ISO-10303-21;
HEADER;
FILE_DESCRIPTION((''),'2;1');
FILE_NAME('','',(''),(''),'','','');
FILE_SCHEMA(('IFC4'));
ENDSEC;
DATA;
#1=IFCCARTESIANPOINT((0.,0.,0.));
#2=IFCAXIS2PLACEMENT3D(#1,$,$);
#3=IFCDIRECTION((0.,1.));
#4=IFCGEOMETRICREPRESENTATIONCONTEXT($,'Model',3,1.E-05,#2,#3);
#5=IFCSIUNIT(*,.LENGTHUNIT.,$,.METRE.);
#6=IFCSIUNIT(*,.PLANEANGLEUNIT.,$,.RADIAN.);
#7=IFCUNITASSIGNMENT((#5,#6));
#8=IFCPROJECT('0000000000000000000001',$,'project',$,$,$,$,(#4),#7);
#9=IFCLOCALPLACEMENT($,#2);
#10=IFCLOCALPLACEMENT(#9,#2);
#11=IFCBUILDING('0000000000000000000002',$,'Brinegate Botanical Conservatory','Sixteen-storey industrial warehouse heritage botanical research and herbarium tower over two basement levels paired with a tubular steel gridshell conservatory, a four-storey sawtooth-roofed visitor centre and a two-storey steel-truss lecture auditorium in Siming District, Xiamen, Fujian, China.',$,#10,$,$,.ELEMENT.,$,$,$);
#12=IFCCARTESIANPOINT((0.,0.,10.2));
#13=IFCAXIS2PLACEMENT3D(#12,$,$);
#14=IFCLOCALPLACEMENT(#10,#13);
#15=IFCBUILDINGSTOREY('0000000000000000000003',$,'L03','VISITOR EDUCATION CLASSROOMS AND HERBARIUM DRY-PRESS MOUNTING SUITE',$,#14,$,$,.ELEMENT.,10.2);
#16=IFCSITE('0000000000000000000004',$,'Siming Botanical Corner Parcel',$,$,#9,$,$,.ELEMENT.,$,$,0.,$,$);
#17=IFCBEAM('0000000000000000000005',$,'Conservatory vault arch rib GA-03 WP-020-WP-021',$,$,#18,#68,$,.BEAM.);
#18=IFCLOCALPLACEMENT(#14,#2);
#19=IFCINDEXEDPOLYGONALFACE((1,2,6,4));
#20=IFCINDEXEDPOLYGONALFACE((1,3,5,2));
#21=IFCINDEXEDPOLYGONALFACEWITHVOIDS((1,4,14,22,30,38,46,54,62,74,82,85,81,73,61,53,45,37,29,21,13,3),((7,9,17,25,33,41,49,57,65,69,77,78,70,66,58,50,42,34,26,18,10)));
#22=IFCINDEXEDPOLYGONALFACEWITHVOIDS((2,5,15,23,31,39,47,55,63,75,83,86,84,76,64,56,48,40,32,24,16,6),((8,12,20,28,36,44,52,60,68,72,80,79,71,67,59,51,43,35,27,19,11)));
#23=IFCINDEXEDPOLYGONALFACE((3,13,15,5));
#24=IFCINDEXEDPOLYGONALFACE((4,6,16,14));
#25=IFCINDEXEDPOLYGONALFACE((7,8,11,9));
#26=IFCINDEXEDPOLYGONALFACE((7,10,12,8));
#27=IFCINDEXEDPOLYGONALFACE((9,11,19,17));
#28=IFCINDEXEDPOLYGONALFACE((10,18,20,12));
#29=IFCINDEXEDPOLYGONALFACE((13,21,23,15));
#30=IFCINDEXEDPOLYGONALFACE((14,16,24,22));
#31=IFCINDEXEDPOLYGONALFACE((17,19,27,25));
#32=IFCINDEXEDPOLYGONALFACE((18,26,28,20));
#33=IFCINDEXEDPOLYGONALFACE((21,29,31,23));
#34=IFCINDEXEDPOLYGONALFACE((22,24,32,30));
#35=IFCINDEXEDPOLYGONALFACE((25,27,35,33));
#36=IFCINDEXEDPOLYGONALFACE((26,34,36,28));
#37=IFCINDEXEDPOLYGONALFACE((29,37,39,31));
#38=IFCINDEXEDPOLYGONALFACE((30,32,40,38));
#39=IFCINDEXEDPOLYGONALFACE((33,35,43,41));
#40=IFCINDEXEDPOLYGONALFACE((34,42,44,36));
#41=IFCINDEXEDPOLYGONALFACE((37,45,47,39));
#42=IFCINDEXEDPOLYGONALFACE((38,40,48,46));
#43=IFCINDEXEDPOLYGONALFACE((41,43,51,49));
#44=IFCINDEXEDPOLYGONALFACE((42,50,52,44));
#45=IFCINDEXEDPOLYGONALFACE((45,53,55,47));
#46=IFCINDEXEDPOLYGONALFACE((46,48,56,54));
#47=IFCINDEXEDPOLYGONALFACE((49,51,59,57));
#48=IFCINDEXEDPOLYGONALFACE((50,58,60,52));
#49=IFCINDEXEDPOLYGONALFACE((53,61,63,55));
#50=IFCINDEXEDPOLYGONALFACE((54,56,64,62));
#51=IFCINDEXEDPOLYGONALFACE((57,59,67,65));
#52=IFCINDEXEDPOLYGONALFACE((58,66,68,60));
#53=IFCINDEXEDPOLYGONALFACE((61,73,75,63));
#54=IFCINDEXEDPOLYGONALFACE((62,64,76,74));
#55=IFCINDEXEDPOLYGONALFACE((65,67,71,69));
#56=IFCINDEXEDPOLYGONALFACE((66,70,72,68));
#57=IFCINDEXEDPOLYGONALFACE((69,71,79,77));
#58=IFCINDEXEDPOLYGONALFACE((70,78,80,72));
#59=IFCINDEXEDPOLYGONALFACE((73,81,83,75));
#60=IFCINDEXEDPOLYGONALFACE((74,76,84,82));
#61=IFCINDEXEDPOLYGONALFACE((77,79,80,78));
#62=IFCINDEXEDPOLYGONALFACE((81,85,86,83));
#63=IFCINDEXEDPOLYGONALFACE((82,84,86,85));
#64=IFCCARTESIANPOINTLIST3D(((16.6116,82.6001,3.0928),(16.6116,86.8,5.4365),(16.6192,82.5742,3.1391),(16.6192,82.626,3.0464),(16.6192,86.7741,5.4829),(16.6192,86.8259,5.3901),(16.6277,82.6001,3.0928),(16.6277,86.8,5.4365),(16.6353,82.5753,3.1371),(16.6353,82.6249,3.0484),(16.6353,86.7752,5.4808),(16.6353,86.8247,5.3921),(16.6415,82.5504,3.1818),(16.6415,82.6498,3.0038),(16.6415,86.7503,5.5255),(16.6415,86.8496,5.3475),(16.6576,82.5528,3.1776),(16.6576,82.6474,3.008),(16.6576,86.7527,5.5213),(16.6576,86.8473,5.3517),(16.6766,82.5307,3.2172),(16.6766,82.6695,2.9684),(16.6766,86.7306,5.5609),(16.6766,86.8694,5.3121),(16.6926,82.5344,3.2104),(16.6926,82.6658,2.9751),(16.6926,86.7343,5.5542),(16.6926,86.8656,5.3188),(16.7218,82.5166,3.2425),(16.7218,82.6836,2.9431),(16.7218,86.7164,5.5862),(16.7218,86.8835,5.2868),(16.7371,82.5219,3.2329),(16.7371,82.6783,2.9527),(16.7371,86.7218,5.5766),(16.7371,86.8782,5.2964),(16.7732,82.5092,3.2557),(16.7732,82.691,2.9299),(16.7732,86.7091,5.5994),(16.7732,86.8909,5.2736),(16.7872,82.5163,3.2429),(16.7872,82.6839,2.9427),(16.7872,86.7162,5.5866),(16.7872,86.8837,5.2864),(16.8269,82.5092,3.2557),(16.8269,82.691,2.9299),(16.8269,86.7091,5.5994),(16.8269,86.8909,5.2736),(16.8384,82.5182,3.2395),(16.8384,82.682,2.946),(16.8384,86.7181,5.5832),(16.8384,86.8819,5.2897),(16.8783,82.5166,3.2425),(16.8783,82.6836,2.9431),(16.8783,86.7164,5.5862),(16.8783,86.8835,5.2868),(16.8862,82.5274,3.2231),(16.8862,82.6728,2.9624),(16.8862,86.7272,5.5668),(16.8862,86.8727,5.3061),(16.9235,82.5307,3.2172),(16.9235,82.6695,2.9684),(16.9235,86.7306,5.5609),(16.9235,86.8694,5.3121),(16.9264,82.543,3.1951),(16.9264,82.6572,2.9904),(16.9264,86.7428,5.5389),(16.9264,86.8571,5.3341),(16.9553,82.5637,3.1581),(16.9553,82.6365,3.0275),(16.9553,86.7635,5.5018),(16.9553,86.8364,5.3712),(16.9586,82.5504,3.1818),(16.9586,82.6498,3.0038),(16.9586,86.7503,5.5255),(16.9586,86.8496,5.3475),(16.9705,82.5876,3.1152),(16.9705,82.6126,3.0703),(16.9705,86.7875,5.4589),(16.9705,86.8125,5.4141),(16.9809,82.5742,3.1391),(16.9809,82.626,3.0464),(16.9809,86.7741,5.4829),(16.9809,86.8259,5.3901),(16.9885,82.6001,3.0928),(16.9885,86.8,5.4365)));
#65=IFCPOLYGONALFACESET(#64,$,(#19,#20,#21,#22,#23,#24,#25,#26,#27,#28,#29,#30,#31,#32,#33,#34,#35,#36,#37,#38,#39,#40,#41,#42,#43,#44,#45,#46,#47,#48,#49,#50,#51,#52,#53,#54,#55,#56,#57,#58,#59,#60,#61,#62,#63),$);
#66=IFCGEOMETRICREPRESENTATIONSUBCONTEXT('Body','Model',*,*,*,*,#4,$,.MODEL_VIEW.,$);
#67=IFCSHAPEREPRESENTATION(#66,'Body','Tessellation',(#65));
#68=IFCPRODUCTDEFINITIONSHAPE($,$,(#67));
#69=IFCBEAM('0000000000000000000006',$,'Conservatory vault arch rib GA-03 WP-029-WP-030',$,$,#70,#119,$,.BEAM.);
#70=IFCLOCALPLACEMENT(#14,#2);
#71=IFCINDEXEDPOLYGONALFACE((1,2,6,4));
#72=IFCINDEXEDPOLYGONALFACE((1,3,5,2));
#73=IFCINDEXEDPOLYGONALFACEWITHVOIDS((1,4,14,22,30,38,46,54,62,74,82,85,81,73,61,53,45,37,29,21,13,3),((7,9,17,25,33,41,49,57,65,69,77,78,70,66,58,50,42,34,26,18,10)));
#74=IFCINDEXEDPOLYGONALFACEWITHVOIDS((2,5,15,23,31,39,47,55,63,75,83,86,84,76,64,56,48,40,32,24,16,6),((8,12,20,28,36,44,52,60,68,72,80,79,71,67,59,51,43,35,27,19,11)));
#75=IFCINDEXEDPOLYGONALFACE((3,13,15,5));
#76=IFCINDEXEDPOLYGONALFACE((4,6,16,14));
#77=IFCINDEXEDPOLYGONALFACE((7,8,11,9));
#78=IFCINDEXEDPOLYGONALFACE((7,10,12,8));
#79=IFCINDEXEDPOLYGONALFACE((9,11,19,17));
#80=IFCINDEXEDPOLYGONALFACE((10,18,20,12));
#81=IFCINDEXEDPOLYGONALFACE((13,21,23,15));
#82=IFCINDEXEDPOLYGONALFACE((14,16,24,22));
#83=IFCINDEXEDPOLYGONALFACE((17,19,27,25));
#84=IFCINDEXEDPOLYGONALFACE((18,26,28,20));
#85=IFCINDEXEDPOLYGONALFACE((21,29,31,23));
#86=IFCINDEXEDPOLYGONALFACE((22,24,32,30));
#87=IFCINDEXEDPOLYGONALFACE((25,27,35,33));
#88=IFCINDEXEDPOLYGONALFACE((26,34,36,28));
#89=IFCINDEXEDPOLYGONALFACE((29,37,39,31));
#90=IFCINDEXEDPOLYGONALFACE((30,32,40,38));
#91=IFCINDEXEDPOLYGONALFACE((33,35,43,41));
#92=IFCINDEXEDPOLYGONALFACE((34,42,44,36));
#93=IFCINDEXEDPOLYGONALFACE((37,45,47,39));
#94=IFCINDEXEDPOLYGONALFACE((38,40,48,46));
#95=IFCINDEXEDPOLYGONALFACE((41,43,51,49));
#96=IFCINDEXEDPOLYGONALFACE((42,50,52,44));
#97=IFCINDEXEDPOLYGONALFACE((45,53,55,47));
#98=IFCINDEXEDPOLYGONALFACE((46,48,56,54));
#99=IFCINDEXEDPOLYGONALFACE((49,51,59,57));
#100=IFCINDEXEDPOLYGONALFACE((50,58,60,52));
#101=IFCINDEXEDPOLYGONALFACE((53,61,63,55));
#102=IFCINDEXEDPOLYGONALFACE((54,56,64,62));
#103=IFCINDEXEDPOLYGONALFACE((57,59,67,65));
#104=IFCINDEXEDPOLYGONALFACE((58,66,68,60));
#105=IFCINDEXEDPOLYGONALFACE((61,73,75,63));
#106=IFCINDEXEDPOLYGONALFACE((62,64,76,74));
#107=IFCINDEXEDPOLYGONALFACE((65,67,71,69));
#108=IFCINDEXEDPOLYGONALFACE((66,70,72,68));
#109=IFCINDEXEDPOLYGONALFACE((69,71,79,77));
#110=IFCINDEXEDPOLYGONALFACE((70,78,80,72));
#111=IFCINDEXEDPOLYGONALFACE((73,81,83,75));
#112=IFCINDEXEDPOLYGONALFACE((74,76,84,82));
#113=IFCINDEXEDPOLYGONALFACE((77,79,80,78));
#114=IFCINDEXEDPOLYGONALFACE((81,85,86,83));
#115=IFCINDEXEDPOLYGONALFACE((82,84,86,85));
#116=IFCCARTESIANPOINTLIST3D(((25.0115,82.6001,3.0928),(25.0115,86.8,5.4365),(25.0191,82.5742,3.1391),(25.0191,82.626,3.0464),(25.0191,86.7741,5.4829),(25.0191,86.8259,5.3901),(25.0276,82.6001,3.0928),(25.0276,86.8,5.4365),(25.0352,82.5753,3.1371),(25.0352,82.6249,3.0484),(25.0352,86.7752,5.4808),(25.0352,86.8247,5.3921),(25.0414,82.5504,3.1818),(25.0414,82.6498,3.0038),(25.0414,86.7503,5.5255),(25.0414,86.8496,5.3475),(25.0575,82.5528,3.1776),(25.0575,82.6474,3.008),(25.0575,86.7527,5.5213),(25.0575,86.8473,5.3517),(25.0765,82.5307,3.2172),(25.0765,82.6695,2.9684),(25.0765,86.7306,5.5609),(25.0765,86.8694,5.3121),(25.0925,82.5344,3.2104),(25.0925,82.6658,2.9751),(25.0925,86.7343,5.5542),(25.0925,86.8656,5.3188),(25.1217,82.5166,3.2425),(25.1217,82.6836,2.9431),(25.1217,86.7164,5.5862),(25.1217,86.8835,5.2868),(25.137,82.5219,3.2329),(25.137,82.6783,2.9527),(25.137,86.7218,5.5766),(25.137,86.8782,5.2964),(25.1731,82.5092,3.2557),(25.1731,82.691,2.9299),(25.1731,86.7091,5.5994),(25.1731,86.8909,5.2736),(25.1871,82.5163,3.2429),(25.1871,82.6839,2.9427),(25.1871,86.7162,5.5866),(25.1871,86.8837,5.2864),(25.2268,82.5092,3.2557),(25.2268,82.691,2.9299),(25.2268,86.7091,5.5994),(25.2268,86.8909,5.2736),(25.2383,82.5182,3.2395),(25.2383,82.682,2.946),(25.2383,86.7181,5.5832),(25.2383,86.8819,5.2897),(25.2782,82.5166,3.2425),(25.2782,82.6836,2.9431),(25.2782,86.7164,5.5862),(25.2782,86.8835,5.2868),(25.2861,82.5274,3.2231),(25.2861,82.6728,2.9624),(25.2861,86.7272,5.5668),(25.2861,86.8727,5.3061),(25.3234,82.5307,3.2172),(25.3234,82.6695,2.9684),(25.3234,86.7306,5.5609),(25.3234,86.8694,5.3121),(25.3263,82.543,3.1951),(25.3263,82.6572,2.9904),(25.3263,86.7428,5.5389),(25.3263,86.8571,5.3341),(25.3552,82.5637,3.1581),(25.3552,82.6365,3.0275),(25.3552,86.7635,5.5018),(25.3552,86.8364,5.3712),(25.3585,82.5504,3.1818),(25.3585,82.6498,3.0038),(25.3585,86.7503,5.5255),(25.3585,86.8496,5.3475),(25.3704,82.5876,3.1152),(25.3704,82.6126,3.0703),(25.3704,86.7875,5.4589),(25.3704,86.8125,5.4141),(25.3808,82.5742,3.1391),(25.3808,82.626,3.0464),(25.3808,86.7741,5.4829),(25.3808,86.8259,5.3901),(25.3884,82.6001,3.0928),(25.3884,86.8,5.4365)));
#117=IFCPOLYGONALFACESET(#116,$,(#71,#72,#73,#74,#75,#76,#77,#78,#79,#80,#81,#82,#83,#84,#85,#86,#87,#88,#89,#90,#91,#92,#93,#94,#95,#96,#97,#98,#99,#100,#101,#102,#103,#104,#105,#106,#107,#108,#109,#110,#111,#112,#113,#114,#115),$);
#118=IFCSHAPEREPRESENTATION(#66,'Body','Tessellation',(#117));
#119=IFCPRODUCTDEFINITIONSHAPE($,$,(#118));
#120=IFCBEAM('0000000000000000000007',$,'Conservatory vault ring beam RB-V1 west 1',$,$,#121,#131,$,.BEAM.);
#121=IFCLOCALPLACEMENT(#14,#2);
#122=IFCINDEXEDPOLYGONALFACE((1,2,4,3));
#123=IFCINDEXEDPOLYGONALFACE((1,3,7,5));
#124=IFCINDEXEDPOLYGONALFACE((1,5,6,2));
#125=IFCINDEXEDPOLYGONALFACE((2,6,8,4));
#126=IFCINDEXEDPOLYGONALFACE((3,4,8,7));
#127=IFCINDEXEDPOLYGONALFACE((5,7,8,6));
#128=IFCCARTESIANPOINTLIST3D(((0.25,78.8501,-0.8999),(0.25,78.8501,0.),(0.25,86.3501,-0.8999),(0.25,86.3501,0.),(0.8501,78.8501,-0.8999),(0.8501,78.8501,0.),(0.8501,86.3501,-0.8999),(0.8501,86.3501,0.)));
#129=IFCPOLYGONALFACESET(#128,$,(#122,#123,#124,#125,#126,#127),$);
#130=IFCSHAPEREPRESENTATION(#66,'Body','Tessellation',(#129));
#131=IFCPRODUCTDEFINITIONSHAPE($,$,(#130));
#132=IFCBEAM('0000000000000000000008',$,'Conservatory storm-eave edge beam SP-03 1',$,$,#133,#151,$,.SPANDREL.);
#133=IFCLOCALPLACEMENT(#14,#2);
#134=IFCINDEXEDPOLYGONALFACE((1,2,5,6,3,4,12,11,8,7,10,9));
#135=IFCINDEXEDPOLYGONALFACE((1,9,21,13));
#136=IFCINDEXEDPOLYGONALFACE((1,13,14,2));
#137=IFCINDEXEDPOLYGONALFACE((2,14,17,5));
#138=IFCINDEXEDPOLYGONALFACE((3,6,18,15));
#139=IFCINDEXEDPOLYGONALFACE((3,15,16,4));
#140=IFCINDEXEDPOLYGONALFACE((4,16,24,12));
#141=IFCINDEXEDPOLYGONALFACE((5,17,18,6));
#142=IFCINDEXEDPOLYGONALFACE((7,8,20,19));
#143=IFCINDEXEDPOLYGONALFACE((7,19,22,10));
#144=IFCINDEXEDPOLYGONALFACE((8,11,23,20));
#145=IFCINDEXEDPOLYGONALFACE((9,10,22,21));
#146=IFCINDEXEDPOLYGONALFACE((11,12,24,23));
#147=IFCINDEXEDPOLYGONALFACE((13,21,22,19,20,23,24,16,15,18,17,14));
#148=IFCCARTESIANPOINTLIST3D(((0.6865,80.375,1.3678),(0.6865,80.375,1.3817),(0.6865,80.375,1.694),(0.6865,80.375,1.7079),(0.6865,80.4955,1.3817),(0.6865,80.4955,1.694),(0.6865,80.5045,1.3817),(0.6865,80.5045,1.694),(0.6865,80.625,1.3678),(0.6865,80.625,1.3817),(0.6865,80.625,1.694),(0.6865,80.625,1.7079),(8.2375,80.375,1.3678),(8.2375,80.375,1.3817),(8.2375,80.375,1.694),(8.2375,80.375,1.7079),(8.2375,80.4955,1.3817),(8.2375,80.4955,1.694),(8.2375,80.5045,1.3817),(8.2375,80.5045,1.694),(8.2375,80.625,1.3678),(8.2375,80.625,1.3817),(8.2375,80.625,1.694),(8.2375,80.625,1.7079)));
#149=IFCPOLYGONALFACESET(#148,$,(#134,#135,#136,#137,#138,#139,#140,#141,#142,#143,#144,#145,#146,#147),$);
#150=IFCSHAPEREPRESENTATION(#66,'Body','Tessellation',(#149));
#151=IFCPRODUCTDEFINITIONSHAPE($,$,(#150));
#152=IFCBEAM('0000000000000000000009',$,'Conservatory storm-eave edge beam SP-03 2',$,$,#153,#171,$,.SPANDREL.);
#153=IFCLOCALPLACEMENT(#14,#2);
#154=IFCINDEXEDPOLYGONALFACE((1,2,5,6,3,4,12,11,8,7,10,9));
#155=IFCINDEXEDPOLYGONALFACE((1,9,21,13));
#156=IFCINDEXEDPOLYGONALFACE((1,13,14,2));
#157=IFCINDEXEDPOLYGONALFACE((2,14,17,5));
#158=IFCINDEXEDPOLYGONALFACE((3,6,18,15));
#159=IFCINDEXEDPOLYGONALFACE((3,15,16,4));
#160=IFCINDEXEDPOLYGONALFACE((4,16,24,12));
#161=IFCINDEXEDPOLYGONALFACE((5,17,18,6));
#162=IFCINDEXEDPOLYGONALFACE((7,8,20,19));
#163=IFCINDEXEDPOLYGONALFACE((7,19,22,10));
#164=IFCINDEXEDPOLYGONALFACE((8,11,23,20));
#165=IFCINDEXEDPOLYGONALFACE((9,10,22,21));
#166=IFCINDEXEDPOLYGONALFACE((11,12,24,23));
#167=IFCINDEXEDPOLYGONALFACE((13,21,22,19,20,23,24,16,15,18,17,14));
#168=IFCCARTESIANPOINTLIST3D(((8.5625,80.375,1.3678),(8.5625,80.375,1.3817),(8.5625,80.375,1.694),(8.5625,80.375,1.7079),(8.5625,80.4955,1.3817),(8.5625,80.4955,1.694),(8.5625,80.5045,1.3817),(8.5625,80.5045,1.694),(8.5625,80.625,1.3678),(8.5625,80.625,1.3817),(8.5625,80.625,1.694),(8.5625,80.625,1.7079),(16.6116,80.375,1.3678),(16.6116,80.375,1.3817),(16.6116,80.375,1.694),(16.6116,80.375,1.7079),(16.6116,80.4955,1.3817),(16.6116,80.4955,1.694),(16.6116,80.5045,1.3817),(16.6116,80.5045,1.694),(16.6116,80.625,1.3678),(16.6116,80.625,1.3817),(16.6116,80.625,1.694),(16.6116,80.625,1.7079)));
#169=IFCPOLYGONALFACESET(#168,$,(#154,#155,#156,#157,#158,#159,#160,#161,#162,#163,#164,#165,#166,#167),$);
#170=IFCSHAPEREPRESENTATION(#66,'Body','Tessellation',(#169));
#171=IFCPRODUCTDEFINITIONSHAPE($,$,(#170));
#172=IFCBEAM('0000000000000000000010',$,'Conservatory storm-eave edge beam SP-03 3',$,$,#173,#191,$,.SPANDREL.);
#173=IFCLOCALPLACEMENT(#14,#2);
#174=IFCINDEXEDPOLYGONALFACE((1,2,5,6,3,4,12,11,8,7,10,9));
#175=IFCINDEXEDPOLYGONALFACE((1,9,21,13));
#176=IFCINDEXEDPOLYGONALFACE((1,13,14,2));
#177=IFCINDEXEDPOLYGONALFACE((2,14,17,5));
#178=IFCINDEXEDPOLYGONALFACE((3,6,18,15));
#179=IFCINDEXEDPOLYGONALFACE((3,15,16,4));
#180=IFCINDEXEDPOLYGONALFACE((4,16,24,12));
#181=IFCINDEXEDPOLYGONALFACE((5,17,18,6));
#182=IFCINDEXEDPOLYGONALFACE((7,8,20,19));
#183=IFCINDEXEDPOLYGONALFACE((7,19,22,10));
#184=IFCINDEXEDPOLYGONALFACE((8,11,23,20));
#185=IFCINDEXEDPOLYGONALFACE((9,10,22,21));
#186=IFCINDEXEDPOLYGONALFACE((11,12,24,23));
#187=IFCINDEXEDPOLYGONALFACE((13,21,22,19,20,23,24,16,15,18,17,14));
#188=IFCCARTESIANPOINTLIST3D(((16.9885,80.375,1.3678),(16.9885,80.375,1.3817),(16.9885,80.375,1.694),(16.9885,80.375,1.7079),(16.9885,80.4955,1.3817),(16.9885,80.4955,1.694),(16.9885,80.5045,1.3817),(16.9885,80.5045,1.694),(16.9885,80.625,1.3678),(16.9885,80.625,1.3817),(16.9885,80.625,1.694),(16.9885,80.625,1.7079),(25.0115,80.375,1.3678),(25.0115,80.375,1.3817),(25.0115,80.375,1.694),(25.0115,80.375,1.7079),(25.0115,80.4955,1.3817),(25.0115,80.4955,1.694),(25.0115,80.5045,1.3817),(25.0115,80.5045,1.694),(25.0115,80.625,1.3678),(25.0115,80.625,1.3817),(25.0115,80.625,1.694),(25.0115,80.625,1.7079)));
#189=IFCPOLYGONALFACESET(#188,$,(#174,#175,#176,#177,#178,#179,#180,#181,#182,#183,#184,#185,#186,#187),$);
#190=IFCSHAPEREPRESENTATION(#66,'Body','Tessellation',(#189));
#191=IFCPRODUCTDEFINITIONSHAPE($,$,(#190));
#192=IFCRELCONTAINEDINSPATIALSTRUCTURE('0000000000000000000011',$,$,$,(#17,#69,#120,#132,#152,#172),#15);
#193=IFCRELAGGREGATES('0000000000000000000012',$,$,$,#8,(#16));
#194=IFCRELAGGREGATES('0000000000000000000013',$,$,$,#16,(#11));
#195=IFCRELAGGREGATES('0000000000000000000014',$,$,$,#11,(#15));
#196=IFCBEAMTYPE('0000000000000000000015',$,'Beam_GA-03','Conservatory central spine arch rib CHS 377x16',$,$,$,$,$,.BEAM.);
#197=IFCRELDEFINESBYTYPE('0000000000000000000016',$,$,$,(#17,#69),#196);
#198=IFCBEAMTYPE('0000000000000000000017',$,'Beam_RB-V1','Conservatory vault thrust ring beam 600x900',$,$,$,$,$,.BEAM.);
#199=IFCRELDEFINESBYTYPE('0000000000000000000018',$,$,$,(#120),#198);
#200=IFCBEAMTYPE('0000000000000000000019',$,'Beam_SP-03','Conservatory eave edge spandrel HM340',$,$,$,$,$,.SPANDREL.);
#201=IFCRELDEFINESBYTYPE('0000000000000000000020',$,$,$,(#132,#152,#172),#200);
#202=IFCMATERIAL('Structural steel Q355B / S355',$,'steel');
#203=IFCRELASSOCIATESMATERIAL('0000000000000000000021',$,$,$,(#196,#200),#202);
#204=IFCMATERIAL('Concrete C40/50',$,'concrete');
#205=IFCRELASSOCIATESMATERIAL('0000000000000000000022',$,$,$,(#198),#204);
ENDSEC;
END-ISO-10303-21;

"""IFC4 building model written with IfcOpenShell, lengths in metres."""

from ifc_helpers import new_model, si_unit, direction, frame, origin, origin_2d, place, context, subcontext, project, spatial, rectangle, hollow_circle, i_section, extrude, material, material_profile, profile_set, type_object, element, save


model = new_model("IFC4")

# Units and contexts
model_context = context("Model", 3, precision=1e-05, world=origin(), true_north=direction((0.0, 1.0)))
body_context = subcontext(model_context, "Body", "Model", "MODEL_VIEW")
ifc_project = project(units=[si_unit("LENGTHUNIT", "METRE"), si_unit("PLANEANGLEUNIT", "RADIAN")], contexts=[model_context])

# Site, building, storey
site_placement = place(None, origin())
site = spatial("IfcSite", under=ifc_project, at=site_placement, Name="Siming Botanical Corner Parcel", CompositionType="ELEMENT", RefElevation=0.0)
building_placement = place(site_placement, origin())
building = spatial("IfcBuilding", under=site, at=building_placement, Name="Brinegate Botanical Conservatory", Description="Sixteen-storey industrial warehouse heritage botanical research and herbarium tower over two basement levels paired with a tubular steel gridshell conservatory, a four-storey sawtooth-roofed visitor centre and a two-storey steel-truss lecture auditorium in Siming District, Xiamen, Fujian, China.", CompositionType="ELEMENT")
storey_placement = place(building_placement, frame((0.0, 0.0, 10.2)))
storey = spatial("IfcBuildingStorey", under=building, at=storey_placement, Name="L03", Description="VISITOR EDUCATION CLASSROOMS AND HERBARIUM DRY-PRESS MOUNTING SUITE", CompositionType="ELEMENT", Elevation=10.2)

# Beams
ifc_material_1 = material(Name="Structural steel Q355B / S355", Category="steel")
ifc_material_profile_1 = material_profile(ifc_material_1, hollow_circle(Radius=0.1885, WallThickness=0.0161, at=origin_2d()), Name="CHS 377x16")
ifc_profile_set_1 = profile_set([ifc_material_profile_1], Name="Structural steel Q355B / S355")
beam_type_1 = type_object("IfcBeamType", Name="Beam_GA-03", Description="Conservatory central spine arch rib CHS 377x16", PredefinedType="BEAM", material=ifc_profile_set_1)
for number, where, z_axis, x_axis, name in (
    (1, (16.8, 82.6001, 3.0928), (0.0, 0.873234, 0.487301), (-1.0, 0.0, 0.0), "Conservatory vault arch rib GA-03 WP-020-WP-021"),
    (2, (25.2, 82.6001, 3.0928), (0.0, 0.873234, 0.487301), (-1.0, 0.0, 0.0), "Conservatory vault arch rib GA-03 WP-029-WP-030"),
):
    element("IfcBeam", number, at=place(storey_placement, frame(where, z_axis=z_axis, x_axis=x_axis)), inside=storey, type_object=beam_type_1, Name=name, PredefinedType="BEAM", context=body_context, shape_type="SweptSolid", body=[
        extrude(hollow_circle(Radius=0.1885, WallThickness=0.0161, at=origin_2d()), origin(), (0.0, 0.0, 1.0), 4.8096),
    ])
ifc_material_2 = material(Name="Concrete C40/50", Category="concrete")
ifc_material_profile_2 = material_profile(ifc_material_2, rectangle(XDim=0.6001, YDim=0.8999, at=origin_2d()), Name="RC RB 600x900")
ifc_profile_set_2 = profile_set([ifc_material_profile_2], Name="Concrete C40/50")
beam_type_2 = type_object("IfcBeamType", Name="Beam_RB-V1", Description="Conservatory vault thrust ring beam 600x900", PredefinedType="BEAM", material=ifc_profile_set_2)
beam_1_placement = place(storey_placement, frame((0.55, 78.8501, -0.45), z_axis=(0.0, 1.0, 0.0), x_axis=(-1.0, 0.0, 0.0)))
element("IfcBeam", 3, at=beam_1_placement, inside=storey, type_object=beam_type_2, Name="Conservatory vault ring beam RB-V1 west 1", PredefinedType="BEAM", context=body_context, shape_type="SweptSolid", body=[
    extrude(rectangle(XDim=0.6001, YDim=0.8999, at=origin_2d()), origin(), (0.0, 0.0, 1.0), 7.5),
])
ifc_material_profile_3 = material_profile(ifc_material_1, i_section(OverallWidth=0.25, OverallDepth=0.3401, WebThickness=0.009, FlangeThickness=0.0139, at=origin_2d()), Name="HM 340x250x9x14")
ifc_profile_set_3 = profile_set([ifc_material_profile_3], Name="Structural steel Q355B / S355")
beam_type_3 = type_object("IfcBeamType", Name="Beam_SP-03", Description="Conservatory eave edge spandrel HM340", PredefinedType="SPANDREL", material=ifc_profile_set_3)
beam_2_placement = place(storey_placement, frame((0.6865, 80.5, 1.5378), z_axis=(1.0, 0.0, 0.0), x_axis=(0.0, 1.0, 0.0)))
element("IfcBeam", 4, at=beam_2_placement, inside=storey, type_object=beam_type_3, Name="Conservatory storm-eave edge beam SP-03 1", PredefinedType="SPANDREL", context=body_context, shape_type="SweptSolid", body=[
    extrude(i_section(OverallWidth=0.25, OverallDepth=0.3401, WebThickness=0.009, FlangeThickness=0.0139, at=origin_2d()), origin(), (0.0, 0.0, 1.0), 7.551),
])
beam_3_placement = place(storey_placement, frame((8.5625, 80.5, 1.5378), z_axis=(1.0, 0.0, 0.0), x_axis=(0.0, 1.0, 0.0)))
element("IfcBeam", 5, at=beam_3_placement, inside=storey, type_object=beam_type_3, Name="Conservatory storm-eave edge beam SP-03 2", PredefinedType="SPANDREL", context=body_context, shape_type="SweptSolid", body=[
    extrude(i_section(OverallWidth=0.25, OverallDepth=0.3401, WebThickness=0.009, FlangeThickness=0.0139, at=origin_2d()), origin(), (0.0, 0.0, 1.0), 8.0491),
])
beam_4_placement = place(storey_placement, frame((16.9885, 80.5, 1.5378), z_axis=(1.0, 0.0, 0.0), x_axis=(0.0, 1.0, 0.0)))
element("IfcBeam", 6, at=beam_4_placement, inside=storey, type_object=beam_type_3, Name="Conservatory storm-eave edge beam SP-03 3", PredefinedType="SPANDREL", context=body_context, shape_type="SweptSolid", body=[
    extrude(i_section(OverallWidth=0.25, OverallDepth=0.3401, WebThickness=0.009, FlangeThickness=0.0139, at=origin_2d()), origin(), (0.0, 0.0, 1.0), 8.0229),
])

save(model, "model.ifc")
